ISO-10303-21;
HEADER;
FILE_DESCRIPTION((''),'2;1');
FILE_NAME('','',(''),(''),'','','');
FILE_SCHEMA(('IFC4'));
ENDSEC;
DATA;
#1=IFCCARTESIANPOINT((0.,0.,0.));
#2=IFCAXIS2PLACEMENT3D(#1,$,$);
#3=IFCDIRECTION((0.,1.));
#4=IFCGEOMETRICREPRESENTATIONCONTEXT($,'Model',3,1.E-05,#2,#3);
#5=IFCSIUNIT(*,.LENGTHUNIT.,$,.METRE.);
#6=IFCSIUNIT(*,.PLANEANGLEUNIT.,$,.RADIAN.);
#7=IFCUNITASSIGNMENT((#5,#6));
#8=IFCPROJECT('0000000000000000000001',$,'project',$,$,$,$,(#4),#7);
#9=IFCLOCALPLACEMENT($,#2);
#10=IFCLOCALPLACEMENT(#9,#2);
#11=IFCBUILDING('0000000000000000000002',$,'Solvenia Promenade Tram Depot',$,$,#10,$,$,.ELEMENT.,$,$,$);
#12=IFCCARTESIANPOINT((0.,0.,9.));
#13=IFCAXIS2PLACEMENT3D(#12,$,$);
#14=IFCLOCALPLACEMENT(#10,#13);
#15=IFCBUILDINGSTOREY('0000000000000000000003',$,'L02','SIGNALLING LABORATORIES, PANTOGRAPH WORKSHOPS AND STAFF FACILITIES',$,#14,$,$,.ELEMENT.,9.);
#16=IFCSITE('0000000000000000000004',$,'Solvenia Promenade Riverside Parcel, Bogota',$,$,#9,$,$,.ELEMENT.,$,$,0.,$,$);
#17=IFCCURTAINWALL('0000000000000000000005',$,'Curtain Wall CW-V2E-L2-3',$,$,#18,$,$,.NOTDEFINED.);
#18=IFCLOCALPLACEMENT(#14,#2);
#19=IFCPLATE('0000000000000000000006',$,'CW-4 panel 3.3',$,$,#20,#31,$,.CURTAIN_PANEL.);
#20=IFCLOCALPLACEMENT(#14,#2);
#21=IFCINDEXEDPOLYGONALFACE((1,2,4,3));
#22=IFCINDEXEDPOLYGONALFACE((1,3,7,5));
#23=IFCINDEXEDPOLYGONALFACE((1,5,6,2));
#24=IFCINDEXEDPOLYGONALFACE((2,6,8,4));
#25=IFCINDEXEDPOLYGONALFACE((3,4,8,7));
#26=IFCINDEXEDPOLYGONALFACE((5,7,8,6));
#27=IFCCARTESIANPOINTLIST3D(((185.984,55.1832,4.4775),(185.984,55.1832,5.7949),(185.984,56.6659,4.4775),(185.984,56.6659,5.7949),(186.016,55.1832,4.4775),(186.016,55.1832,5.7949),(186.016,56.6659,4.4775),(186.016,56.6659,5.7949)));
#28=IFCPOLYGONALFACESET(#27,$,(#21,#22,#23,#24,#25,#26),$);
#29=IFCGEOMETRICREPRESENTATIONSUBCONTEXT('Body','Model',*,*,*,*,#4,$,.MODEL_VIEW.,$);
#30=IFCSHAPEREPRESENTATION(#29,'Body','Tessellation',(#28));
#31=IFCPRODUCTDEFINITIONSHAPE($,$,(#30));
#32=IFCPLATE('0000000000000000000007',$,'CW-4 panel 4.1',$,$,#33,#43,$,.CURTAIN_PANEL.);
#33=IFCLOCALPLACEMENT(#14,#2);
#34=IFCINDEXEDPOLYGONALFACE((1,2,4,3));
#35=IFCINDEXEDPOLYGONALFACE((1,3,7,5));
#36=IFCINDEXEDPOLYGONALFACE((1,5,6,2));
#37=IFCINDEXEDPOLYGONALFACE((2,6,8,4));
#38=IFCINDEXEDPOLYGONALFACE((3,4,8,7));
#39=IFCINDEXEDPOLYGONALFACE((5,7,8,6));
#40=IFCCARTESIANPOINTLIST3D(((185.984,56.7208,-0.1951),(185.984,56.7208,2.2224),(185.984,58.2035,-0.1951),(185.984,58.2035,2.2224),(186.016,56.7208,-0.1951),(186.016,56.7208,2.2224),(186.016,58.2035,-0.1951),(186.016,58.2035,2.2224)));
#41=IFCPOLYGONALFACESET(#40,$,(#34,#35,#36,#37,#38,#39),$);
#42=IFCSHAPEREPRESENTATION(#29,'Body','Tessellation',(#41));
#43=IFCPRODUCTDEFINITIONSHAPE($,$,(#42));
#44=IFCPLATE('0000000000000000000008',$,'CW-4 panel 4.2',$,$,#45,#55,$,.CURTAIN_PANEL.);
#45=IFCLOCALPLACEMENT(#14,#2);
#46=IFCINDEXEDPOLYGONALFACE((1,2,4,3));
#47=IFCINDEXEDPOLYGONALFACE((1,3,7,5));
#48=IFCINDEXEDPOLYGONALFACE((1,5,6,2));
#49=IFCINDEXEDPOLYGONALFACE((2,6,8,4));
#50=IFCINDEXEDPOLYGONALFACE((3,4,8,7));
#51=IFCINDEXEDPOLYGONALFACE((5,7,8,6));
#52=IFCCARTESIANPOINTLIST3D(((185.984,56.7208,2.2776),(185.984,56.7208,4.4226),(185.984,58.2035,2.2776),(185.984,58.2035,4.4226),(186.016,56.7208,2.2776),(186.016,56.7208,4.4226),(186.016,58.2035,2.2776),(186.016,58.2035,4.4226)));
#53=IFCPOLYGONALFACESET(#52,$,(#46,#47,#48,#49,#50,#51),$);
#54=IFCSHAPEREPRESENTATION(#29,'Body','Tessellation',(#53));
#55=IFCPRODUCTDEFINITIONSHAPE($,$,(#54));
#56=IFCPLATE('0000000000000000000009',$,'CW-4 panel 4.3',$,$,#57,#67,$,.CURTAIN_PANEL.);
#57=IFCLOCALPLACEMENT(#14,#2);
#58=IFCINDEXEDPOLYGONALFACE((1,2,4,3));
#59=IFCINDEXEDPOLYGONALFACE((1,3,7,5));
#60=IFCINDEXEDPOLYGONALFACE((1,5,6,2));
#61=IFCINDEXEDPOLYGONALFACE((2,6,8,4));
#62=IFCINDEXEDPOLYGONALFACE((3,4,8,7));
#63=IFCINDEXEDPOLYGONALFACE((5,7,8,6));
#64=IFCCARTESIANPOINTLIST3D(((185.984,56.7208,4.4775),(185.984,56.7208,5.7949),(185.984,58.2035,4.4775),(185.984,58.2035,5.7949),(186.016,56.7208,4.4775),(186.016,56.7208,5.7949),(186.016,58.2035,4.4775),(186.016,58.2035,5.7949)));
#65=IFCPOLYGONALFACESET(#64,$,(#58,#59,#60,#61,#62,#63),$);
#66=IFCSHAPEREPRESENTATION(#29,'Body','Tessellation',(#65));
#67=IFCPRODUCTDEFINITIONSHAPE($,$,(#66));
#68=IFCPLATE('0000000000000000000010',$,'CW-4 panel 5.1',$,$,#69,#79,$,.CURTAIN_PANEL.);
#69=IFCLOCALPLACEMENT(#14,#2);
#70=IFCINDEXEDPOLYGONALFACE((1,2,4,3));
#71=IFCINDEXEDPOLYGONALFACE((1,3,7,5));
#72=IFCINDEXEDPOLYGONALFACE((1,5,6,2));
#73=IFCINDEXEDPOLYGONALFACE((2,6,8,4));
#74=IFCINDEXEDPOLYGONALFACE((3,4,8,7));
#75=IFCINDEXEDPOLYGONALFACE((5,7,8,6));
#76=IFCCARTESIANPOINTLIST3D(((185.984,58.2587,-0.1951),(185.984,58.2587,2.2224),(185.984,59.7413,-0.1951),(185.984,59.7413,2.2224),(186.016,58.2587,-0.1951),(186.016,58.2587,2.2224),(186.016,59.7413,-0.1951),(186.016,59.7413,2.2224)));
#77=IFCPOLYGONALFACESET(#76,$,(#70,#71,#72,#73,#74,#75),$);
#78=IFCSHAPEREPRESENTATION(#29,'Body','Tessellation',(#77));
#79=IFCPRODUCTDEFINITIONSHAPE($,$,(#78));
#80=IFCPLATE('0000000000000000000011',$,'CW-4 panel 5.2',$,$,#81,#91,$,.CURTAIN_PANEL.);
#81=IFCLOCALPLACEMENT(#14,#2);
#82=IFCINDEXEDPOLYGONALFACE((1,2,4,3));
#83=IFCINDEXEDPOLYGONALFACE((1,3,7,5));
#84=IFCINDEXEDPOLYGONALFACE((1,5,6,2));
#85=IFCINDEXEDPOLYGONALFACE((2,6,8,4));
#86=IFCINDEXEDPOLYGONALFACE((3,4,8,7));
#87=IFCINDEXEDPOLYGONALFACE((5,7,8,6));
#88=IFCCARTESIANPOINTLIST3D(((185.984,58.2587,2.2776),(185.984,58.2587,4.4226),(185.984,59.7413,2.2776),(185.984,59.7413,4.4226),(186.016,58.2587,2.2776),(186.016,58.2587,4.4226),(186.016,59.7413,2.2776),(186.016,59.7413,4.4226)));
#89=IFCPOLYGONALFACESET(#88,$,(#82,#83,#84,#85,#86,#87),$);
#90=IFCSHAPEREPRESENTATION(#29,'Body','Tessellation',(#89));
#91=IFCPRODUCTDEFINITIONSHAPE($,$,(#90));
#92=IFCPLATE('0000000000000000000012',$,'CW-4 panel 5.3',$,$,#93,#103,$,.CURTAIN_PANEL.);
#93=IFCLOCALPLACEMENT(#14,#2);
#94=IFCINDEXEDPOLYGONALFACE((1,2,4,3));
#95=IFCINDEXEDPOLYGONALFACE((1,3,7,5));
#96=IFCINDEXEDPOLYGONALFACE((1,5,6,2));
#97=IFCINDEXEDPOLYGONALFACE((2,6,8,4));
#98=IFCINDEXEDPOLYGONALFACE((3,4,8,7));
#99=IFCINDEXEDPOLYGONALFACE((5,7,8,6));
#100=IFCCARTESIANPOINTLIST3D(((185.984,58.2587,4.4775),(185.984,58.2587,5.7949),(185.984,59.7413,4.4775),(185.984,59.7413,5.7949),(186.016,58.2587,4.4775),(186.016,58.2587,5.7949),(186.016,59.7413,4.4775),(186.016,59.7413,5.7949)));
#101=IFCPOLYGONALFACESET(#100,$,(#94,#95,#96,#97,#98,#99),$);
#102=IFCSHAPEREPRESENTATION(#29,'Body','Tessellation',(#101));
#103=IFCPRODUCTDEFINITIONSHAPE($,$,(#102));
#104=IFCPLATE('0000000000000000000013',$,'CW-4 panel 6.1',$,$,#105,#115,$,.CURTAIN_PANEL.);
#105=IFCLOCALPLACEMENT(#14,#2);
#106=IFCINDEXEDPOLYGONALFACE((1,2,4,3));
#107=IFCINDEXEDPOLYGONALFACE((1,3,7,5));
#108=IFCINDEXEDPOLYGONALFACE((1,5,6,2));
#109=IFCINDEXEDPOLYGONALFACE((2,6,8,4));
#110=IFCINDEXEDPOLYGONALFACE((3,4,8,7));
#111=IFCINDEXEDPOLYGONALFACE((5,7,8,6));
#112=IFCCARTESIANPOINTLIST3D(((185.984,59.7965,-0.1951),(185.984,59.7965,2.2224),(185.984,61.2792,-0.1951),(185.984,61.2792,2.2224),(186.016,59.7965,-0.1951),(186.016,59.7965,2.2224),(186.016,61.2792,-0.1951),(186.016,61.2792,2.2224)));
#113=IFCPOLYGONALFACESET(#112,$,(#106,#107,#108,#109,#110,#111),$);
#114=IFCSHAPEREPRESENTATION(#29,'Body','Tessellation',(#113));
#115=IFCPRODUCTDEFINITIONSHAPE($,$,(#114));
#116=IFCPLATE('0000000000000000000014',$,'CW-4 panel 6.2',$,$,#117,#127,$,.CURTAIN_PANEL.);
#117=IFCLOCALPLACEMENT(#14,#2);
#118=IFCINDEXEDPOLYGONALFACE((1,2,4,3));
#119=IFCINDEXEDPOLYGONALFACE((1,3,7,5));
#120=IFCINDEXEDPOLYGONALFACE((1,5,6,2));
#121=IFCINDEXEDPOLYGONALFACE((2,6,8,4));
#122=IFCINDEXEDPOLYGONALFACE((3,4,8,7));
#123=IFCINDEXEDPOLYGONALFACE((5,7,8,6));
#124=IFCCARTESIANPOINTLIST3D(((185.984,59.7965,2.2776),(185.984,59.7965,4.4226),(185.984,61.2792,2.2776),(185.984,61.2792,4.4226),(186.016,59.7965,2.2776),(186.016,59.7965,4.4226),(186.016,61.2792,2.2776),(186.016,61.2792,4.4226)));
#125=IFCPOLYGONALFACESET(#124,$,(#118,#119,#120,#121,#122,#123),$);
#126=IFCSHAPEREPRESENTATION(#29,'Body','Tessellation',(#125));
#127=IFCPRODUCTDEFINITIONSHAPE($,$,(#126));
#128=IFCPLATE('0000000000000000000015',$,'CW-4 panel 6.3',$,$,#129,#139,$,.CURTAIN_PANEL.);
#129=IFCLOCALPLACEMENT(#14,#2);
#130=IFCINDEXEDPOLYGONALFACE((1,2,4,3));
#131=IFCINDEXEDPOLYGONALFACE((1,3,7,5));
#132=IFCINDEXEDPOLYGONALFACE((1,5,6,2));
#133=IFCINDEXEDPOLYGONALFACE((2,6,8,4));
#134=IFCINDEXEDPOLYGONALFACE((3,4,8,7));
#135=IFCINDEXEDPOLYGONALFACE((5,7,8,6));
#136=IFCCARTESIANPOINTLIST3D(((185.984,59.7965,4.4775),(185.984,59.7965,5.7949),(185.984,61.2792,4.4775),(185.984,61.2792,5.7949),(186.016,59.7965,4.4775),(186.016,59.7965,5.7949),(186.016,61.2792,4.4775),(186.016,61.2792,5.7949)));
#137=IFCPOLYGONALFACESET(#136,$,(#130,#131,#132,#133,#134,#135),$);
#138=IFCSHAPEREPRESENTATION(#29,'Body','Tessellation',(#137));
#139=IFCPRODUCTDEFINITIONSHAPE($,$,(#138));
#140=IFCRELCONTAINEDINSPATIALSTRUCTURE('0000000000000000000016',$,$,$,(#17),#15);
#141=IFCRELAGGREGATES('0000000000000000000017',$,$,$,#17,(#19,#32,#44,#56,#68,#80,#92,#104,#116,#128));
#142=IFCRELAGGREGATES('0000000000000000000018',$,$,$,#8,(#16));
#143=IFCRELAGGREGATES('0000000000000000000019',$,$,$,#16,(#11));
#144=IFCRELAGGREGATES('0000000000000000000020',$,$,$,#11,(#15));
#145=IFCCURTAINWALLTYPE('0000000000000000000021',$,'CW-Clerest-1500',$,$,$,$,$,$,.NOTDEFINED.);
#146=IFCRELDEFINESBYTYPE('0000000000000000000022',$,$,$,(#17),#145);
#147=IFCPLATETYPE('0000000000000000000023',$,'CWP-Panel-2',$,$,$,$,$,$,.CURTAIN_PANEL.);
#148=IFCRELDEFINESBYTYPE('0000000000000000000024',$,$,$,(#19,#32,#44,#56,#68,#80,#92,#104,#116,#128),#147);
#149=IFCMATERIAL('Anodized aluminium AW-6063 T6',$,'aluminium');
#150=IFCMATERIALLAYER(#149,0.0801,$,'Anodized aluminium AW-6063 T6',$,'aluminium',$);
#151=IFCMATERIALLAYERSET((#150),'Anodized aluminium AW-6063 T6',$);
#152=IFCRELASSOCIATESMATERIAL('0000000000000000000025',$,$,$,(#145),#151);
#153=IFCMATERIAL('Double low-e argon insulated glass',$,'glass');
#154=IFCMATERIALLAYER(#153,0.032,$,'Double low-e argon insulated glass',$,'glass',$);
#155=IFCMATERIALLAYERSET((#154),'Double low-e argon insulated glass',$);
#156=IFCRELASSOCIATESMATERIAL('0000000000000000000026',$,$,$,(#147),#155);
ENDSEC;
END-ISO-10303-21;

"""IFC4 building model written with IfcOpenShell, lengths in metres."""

from ifc_helpers import new_model, si_unit, direction, frame, origin, origin_2d, place, context, subcontext, project, spatial, rectangle, extrude, material, layer, layer_set, type_object, element, aggregate, save


model = new_model("IFC4")

# Units and contexts
model_context = context("Model", 3, precision=1e-05, world=origin(), true_north=direction((0.0, 1.0)))
body_context = subcontext(model_context, "Body", "Model", "MODEL_VIEW")
ifc_project = project(units=[si_unit("LENGTHUNIT", "METRE"), si_unit("PLANEANGLEUNIT", "RADIAN")], contexts=[model_context])

# Site, building, storey
site_placement = place(None, origin())
site = spatial("IfcSite", under=ifc_project, at=site_placement, Name="Solvenia Promenade Riverside Parcel, Bogota", CompositionType="ELEMENT", RefElevation=0.0)
building_placement = place(site_placement, origin())
building = spatial("IfcBuilding", under=site, at=building_placement, Name="Solvenia Promenade Tram Depot", CompositionType="ELEMENT")
storey_placement = place(building_placement, frame((0.0, 0.0, 9.0)))
storey = spatial("IfcBuildingStorey", under=building, at=storey_placement, Name="L02", Description="SIGNALLING LABORATORIES, PANTOGRAPH WORKSHOPS AND STAFF FACILITIES", CompositionType="ELEMENT", Elevation=9.0)

# Curtain wall
ifc_material_1 = material(Name="Anodized aluminium AW-6063 T6", Category="aluminium")
ifc_layer_1 = layer(ifc_material_1, 0.0801, Name="Anodized aluminium AW-6063 T6", Category="aluminium")
ifc_layer_set_1 = layer_set([ifc_layer_1], Name="Anodized aluminium AW-6063 T6")
curtain_wall_type = type_object("IfcCurtainWallType", Name="CW-Clerest-1500", PredefinedType="NOTDEFINED", material=ifc_layer_set_1)
curtain_wall_placement = place(storey_placement, origin())
curtain_wall = element("IfcCurtainWall", 1, at=curtain_wall_placement, inside=storey, type_object=curtain_wall_type, Name="Curtain Wall CW-V2E-L2-3", PredefinedType="NOTDEFINED")

# Plates
ifc_material_2 = material(Name="Double low-e argon insulated glass", Category="glass")
ifc_layer_2 = layer(ifc_material_2, 0.032, Name="Double low-e argon insulated glass", Category="glass")
ifc_layer_set_2 = layer_set([ifc_layer_2], Name="Double low-e argon insulated glass")
plate_type = type_object("IfcPlateType", Name="CWP-Panel-2", PredefinedType="CURTAIN_PANEL", material=ifc_layer_set_2)
plate_1_placement = place(storey_placement, frame((186.0, 55.9246, 4.4775), z_axis=(0.0, 0.0, 1.0), x_axis=(0.0, 1.0, 0.0)))
plate_1 = element("IfcPlate", 2, at=plate_1_placement, type_object=plate_type, Name="CW-4 panel 3.3", PredefinedType="CURTAIN_PANEL", context=body_context, shape_type="SweptSolid", body=[
    extrude(rectangle(XDim=1.4827, YDim=0.032, at=origin_2d()), origin(), (0.0, 0.0, 1.0), 1.3174),
])
plate_2_placement = place(storey_placement, frame((186.0, 57.4622, -0.1951), z_axis=(0.0, 0.0, 1.0), x_axis=(0.0, 1.0, 0.0)))
plate_2 = element("IfcPlate", 3, at=plate_2_placement, type_object=plate_type, Name="CW-4 panel 4.1", PredefinedType="CURTAIN_PANEL", context=body_context, shape_type="SweptSolid", body=[
    extrude(rectangle(XDim=1.4827, YDim=0.032, at=origin_2d()), origin(), (0.0, 0.0, 1.0), 2.4175),
])
plate_3_placement = place(storey_placement, frame((186.0, 57.4622, 2.2776), z_axis=(0.0, 0.0, 1.0), x_axis=(0.0, 1.0, 0.0)))
plate_3 = element("IfcPlate", 4, at=plate_3_placement, type_object=plate_type, Name="CW-4 panel 4.2", PredefinedType="CURTAIN_PANEL", context=body_context, shape_type="SweptSolid", body=[
    extrude(rectangle(XDim=1.4827, YDim=0.032, at=origin_2d()), origin(), (0.0, 0.0, 1.0), 2.145),
])
plate_4_placement = place(storey_placement, frame((186.0, 57.4622, 4.4775), z_axis=(0.0, 0.0, 1.0), x_axis=(0.0, 1.0, 0.0)))
plate_4 = element("IfcPlate", 5, at=plate_4_placement, type_object=plate_type, Name="CW-4 panel 4.3", PredefinedType="CURTAIN_PANEL", context=body_context, shape_type="SweptSolid", body=[
    extrude(rectangle(XDim=1.4827, YDim=0.032, at=origin_2d()), origin(), (0.0, 0.0, 1.0), 1.3174),
])
plate_5_placement = place(storey_placement, frame((186.0, 59.0, -0.1951), z_axis=(0.0, 0.0, 1.0), x_axis=(0.0, 1.0, 0.0)))
plate_5 = element("IfcPlate", 6, at=plate_5_placement, type_object=plate_type, Name="CW-4 panel 5.1", PredefinedType="CURTAIN_PANEL", context=body_context, shape_type="SweptSolid", body=[
    extrude(rectangle(XDim=1.4827, YDim=0.032, at=origin_2d()), origin(), (0.0, 0.0, 1.0), 2.4175),
])
plate_6_placement = place(storey_placement, frame((186.0, 59.0, 2.2776), z_axis=(0.0, 0.0, 1.0), x_axis=(0.0, 1.0, 0.0)))
plate_6 = element("IfcPlate", 7, at=plate_6_placement, type_object=plate_type, Name="CW-4 panel 5.2", PredefinedType="CURTAIN_PANEL", context=body_context, shape_type="SweptSolid", body=[
    extrude(rectangle(XDim=1.4827, YDim=0.032, at=origin_2d()), origin(), (0.0, 0.0, 1.0), 2.145),
])
plate_7_placement = place(storey_placement, frame((186.0, 59.0, 4.4775), z_axis=(0.0, 0.0, 1.0), x_axis=(0.0, 1.0, 0.0)))
plate_7 = element("IfcPlate", 8, at=plate_7_placement, type_object=plate_type, Name="CW-4 panel 5.3", PredefinedType="CURTAIN_PANEL", context=body_context, shape_type="SweptSolid", body=[
    extrude(rectangle(XDim=1.4827, YDim=0.032, at=origin_2d()), origin(), (0.0, 0.0, 1.0), 1.3174),
])
plate_8_placement = place(storey_placement, frame((186.0, 60.5378, -0.1951), z_axis=(0.0, 0.0, 1.0), x_axis=(0.0, 1.0, 0.0)))
plate_8 = element("IfcPlate", 9, at=plate_8_placement, type_object=plate_type, Name="CW-4 panel 6.1", PredefinedType="CURTAIN_PANEL", context=body_context, shape_type="SweptSolid", body=[
    extrude(rectangle(XDim=1.4827, YDim=0.032, at=origin_2d()), origin(), (0.0, 0.0, 1.0), 2.4175),
])
plate_9_placement = place(storey_placement, frame((186.0, 60.5378, 2.2776), z_axis=(0.0, 0.0, 1.0), x_axis=(0.0, 1.0, 0.0)))
plate_9 = element("IfcPlate", 10, at=plate_9_placement, type_object=plate_type, Name="CW-4 panel 6.2", PredefinedType="CURTAIN_PANEL", context=body_context, shape_type="SweptSolid", body=[
    extrude(rectangle(XDim=1.4827, YDim=0.032, at=origin_2d()), origin(), (0.0, 0.0, 1.0), 2.145),
])
plate_10_placement = place(storey_placement, frame((186.0, 60.5378, 4.4775), z_axis=(0.0, 0.0, 1.0), x_axis=(0.0, 1.0, 0.0)))
plate_10 = element("IfcPlate", 11, at=plate_10_placement, type_object=plate_type, Name="CW-4 panel 6.3", PredefinedType="CURTAIN_PANEL", context=body_context, shape_type="SweptSolid", body=[
    extrude(rectangle(XDim=1.4827, YDim=0.032, at=origin_2d()), origin(), (0.0, 0.0, 1.0), 1.3174),
])
aggregate(curtain_wall, [plate_1, plate_2, plate_3, plate_4, plate_5, plate_6, plate_7, plate_8, plate_9, plate_10])

save(model, "model.ifc")
